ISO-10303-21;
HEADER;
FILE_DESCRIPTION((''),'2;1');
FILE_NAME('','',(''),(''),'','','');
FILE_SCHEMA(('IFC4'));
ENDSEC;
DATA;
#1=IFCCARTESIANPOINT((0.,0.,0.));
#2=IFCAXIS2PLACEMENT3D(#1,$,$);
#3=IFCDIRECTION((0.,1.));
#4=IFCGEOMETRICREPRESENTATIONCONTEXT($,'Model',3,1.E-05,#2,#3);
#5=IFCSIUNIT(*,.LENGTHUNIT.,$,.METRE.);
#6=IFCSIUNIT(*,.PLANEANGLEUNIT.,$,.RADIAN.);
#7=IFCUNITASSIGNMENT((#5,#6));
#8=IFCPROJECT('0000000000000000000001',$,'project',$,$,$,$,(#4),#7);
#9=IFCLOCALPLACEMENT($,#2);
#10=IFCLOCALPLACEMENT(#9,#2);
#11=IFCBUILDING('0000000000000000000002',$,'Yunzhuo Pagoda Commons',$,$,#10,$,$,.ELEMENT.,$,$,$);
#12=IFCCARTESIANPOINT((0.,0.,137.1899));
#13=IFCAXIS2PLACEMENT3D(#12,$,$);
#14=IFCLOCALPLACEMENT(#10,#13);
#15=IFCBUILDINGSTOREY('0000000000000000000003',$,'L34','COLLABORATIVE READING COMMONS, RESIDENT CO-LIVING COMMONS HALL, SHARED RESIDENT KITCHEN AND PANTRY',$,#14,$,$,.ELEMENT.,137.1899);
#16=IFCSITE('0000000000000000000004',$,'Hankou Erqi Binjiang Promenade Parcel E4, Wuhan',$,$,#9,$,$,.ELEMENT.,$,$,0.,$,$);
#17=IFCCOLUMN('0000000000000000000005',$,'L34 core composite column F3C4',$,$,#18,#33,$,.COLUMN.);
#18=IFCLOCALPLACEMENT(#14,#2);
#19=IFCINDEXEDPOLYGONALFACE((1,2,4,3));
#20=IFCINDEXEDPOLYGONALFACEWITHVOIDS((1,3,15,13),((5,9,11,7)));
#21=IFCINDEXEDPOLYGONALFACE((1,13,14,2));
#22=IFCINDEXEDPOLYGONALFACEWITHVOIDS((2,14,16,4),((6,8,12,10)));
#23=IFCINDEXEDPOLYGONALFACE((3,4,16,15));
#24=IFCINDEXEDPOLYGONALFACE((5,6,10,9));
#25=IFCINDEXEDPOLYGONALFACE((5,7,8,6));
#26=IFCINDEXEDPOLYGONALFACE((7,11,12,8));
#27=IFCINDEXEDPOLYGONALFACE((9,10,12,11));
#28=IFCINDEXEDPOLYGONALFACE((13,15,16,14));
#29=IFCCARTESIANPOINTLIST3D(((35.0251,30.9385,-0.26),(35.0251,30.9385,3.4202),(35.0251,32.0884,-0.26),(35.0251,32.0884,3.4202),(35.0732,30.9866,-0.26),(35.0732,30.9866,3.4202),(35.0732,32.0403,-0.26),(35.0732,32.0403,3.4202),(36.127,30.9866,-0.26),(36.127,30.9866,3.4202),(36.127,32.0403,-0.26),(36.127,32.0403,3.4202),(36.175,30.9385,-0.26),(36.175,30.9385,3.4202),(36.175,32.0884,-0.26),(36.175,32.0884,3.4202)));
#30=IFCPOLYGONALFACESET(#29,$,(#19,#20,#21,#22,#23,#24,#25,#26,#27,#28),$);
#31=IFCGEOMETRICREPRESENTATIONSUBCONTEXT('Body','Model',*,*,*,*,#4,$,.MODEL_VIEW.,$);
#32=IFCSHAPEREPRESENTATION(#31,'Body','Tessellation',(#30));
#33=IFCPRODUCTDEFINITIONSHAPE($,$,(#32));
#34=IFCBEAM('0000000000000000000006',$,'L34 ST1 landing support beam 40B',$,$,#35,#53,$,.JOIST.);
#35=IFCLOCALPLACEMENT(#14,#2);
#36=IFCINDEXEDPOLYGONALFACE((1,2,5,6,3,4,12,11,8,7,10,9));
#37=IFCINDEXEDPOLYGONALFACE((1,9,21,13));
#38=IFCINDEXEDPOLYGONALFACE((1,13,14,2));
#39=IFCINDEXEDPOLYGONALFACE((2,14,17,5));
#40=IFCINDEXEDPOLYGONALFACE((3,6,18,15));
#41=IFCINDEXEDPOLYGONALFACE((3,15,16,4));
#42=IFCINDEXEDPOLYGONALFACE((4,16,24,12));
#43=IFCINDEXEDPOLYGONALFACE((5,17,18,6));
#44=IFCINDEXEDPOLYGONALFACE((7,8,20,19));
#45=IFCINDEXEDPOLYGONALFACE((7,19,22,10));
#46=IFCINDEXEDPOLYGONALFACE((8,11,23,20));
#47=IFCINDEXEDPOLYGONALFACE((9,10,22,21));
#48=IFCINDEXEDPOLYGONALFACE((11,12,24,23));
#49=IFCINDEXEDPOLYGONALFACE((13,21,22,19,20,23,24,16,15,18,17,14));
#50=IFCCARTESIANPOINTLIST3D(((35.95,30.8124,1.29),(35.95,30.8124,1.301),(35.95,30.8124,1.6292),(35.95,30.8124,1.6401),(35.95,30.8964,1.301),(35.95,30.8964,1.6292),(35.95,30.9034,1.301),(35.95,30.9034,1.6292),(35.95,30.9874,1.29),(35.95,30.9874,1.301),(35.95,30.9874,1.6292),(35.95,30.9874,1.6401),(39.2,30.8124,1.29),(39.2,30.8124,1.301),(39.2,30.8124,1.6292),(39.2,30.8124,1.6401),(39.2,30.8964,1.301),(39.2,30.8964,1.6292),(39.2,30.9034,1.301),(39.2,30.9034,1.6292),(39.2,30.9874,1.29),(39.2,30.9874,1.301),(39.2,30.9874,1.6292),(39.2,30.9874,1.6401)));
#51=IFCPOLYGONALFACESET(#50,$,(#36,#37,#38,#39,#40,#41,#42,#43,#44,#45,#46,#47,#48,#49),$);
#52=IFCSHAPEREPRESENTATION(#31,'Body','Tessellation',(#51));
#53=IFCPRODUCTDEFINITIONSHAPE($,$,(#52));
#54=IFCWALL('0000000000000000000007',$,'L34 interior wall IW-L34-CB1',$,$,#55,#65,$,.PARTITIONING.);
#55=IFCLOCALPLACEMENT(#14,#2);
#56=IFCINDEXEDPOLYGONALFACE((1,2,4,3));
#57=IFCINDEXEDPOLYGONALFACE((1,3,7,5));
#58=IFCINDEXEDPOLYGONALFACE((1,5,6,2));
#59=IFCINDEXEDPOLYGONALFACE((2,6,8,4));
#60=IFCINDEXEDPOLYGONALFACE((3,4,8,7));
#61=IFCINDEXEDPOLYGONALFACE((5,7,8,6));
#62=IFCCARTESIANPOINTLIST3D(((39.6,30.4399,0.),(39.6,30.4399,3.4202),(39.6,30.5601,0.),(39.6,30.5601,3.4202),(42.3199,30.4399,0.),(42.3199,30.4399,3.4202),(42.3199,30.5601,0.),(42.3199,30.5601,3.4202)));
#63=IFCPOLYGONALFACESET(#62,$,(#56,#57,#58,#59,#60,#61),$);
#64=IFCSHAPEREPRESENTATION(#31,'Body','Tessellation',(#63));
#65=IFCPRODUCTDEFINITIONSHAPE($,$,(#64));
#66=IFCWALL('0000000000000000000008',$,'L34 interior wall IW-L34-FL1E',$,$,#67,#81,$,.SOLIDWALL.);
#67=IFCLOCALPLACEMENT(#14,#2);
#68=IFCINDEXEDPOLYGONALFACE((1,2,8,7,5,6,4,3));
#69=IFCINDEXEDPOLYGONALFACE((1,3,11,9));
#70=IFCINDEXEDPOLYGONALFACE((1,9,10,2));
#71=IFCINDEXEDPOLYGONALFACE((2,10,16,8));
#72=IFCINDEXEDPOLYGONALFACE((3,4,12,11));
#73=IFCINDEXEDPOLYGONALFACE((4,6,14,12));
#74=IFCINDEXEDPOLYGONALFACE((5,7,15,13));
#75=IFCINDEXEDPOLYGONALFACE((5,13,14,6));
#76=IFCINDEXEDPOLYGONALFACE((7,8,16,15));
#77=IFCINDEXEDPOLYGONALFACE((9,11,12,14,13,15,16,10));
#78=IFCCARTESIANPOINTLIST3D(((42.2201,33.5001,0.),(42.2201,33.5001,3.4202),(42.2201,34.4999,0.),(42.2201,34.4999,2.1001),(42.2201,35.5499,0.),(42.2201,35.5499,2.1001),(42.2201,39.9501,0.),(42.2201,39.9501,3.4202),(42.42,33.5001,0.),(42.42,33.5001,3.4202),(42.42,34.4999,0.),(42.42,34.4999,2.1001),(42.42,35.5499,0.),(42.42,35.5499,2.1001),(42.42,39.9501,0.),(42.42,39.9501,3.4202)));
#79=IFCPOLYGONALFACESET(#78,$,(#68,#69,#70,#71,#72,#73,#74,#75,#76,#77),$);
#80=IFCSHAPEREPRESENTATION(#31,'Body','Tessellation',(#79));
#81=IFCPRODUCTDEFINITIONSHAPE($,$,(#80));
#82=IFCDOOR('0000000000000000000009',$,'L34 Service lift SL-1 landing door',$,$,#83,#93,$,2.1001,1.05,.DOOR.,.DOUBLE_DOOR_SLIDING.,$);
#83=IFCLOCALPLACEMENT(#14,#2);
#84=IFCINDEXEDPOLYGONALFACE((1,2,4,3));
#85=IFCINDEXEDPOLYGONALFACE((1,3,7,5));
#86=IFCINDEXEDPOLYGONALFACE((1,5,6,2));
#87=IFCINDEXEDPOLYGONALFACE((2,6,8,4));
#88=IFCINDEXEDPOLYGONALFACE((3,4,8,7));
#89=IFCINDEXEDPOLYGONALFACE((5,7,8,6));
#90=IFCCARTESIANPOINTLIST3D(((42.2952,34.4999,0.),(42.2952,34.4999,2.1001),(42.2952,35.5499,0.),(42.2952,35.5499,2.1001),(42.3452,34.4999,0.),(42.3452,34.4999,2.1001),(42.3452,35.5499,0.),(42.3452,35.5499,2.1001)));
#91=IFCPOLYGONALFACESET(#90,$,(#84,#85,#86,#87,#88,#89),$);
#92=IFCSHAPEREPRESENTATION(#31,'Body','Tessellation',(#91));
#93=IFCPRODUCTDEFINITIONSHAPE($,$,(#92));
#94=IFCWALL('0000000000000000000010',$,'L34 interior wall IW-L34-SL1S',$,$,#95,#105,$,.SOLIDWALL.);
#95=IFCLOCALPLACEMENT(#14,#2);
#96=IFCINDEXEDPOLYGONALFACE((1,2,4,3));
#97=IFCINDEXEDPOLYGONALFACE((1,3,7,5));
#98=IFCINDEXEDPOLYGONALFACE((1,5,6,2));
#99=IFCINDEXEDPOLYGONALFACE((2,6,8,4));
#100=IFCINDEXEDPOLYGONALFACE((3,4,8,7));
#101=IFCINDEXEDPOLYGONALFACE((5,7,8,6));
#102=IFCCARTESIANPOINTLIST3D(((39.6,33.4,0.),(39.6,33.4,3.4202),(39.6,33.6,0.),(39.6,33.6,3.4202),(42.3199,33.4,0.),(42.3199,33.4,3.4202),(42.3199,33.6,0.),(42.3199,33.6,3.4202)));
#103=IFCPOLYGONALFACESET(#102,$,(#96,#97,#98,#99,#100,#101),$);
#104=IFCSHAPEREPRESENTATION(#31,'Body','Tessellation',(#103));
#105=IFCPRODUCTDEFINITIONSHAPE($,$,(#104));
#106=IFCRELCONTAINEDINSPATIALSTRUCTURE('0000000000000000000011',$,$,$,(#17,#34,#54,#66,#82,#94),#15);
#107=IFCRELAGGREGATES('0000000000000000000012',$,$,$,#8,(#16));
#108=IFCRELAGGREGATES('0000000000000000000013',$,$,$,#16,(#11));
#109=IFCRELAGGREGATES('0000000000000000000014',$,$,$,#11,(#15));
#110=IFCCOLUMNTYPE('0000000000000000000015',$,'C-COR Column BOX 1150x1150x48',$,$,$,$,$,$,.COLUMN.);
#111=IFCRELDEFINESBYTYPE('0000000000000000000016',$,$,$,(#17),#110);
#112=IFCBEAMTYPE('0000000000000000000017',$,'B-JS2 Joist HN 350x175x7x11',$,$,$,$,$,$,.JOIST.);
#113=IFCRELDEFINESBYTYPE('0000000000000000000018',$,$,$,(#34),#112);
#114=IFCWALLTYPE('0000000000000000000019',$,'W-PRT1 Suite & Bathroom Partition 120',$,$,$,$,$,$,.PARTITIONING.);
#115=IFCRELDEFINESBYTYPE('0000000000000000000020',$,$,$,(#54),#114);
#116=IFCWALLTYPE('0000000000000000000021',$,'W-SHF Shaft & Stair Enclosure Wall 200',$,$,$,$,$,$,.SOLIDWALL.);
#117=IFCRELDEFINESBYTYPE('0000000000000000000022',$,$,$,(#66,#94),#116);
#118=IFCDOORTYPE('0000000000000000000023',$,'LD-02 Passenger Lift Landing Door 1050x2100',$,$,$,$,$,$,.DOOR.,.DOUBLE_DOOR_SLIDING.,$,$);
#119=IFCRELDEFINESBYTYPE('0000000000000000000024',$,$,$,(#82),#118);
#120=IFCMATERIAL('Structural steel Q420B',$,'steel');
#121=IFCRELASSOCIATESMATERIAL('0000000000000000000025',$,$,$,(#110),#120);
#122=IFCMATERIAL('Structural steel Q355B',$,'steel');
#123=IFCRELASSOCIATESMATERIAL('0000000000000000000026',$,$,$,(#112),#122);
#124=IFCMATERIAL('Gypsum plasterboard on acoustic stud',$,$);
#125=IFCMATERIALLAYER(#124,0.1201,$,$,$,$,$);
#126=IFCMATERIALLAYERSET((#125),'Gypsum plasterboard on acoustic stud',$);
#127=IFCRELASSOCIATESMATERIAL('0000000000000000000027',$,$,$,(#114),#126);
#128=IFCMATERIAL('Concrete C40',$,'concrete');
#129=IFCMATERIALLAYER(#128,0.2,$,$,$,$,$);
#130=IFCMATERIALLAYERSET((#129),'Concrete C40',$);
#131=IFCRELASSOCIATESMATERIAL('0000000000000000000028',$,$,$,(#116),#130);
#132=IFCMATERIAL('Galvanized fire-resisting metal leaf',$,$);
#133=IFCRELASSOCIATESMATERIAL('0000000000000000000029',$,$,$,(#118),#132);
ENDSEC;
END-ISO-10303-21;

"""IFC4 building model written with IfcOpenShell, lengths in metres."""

from ifc_helpers import new_model, si_unit, direction, frame, frame_2d, origin, origin_with_axes, origin_2d, place, context, subcontext, project, spatial, rectangle, hollow_rectangle, i_section, extrude, source, transform, mapped, material, layer, layer_set, material_profile, profile_set, type_object, element, fill, save


model = new_model("IFC4")

# Units and contexts
model_context = context("Model", 3, precision=1e-05, world=origin(), true_north=direction((0.0, 1.0)))
body_context = subcontext(model_context, "Body", "Model", "MODEL_VIEW")
ifc_project = project(units=[si_unit("LENGTHUNIT", "METRE"), si_unit("PLANEANGLEUNIT", "RADIAN")], contexts=[model_context])

# Site, building, storey
site_placement = place(None, origin())
site = spatial("IfcSite", under=ifc_project, at=site_placement, Name="Hankou Erqi Binjiang Promenade Parcel E4, Wuhan", CompositionType="ELEMENT", RefElevation=0.0)
building_placement = place(site_placement, origin())
building = spatial("IfcBuilding", under=site, at=building_placement, Name="Yunzhuo Pagoda Commons", CompositionType="ELEMENT")
storey_placement = place(building_placement, frame((0.0, 0.0, 137.1899)))
storey = spatial("IfcBuildingStorey", under=building, at=storey_placement, Name="L34", Description="COLLABORATIVE READING COMMONS, RESIDENT CO-LIVING COMMONS HALL, SHARED RESIDENT KITCHEN AND PANTRY", CompositionType="ELEMENT", Elevation=137.1899)

# Column
ifc_material_1 = material(Name="Structural steel Q420B", Category="steel")
ifc_material_profile_1 = material_profile(ifc_material_1, hollow_rectangle(XDim=1.1499, YDim=1.1499, WallThickness=0.0481, at=origin_2d()), Name="Structural steel Q420B")
ifc_profile_set_1 = profile_set([ifc_material_profile_1], Name="Structural steel Q420B")
column_type = type_object("IfcColumnType", Name="C-COR Column BOX 1150x1150x48", PredefinedType="COLUMN", material=ifc_profile_set_1)
shared_shape_1 = source(origin(), body_context, "Body", "SweptSolid", [
    extrude(hollow_rectangle(XDim=1.1499, YDim=1.1499, WallThickness=0.0481, at=origin_2d()), origin(), (0.0, 0.0, 1.0), 3.6802),
])
column_placement = place(storey_placement, frame((35.6001, 31.5134, -0.26), z_axis=(0.0, 0.0, 1.0), x_axis=(1.0, 0.0, 0.0)))
element("IfcColumn", 1, at=column_placement, inside=storey, type_object=column_type, Name="L34 core composite column F3C4", PredefinedType="COLUMN", context=body_context, shape_type="MappedRepresentation", body=[
    mapped(shared_shape_1, transform((0.0, 0.0, 0.0), scale=1.0)),
])

# Beam
ifc_material_2 = material(Name="Structural steel Q355B", Category="steel")
ifc_material_profile_2 = material_profile(ifc_material_2, i_section(OverallWidth=0.175, OverallDepth=0.3501, WebThickness=0.0071, FlangeThickness=0.011, at=origin_2d()), Name="Structural steel Q355B")
ifc_profile_set_2 = profile_set([ifc_material_profile_2], Name="Structural steel Q355B")
beam_type = type_object("IfcBeamType", Name="B-JS2 Joist HN 350x175x7x11", PredefinedType="JOIST", material=ifc_profile_set_2)
shared_shape_2 = source(origin(), body_context, "Body", "SweptSolid", [
    extrude(i_section(OverallWidth=0.175, OverallDepth=0.3501, WebThickness=0.0071, FlangeThickness=0.011, at=origin_2d()), origin(), (0.0, 0.0, 1.0), 3.25),
])
beam_placement = place(storey_placement, frame((35.95, 30.8999, 1.4651), z_axis=(1.0, 0.0, 0.0), x_axis=(0.0, 1.0, 0.0)))
element("IfcBeam", 2, at=beam_placement, inside=storey, type_object=beam_type, Name="L34 ST1 landing support beam 40B", PredefinedType="JOIST", context=body_context, shape_type="MappedRepresentation", body=[
    mapped(shared_shape_2, transform((0.0, 0.0, 0.0), scale=1.0)),
])

# Wall
ifc_material_3 = material(Name="Gypsum plasterboard on acoustic stud")
ifc_layer_1 = layer(ifc_material_3, 0.1201)
ifc_layer_set_1 = layer_set([ifc_layer_1], Name="Gypsum plasterboard on acoustic stud")
wall_type_1 = type_object("IfcWallType", Name="W-PRT1 Suite & Bathroom Partition 120", PredefinedType="PARTITIONING", material=ifc_layer_set_1)
wall_1_placement = place(storey_placement, frame((39.6001, 30.5, 0.0), z_axis=(0.0, 0.0, 1.0), x_axis=(1.0, 0.0, 0.0)))
element("IfcWall", 3, at=wall_1_placement, inside=storey, type_object=wall_type_1, Name="L34 interior wall IW-L34-CB1", PredefinedType="PARTITIONING", context=body_context, shape_type="SweptSolid", body=[
    extrude(rectangle(XDim=2.72, YDim=0.1201, at=frame_2d((1.3599, 0.0))), origin(), (0.0, 0.0, 1.0), 3.4202),
])

# Wall, opening, door
ifc_material_4 = material(Name="Concrete C40", Category="concrete")
ifc_layer_2 = layer(ifc_material_4, 0.2)
ifc_layer_set_2 = layer_set([ifc_layer_2], Name="Concrete C40")
wall_type_2 = type_object("IfcWallType", Name="W-SHF Shaft & Stair Enclosure Wall 200", PredefinedType="SOLIDWALL", material=ifc_layer_set_2)
wall_2_placement = place(storey_placement, frame((42.3201, 33.5, 0.0), z_axis=(0.0, 0.0, 1.0), x_axis=(0.0, 1.0, 0.0)))
wall_2 = element("IfcWall", 4, at=wall_2_placement, inside=storey, type_object=wall_type_2, Name="L34 interior wall IW-L34-FL1E", PredefinedType="SOLIDWALL", context=body_context, shape_type="SweptSolid", body=[
    extrude(rectangle(XDim=6.45, YDim=0.2, at=frame_2d((3.2251, 0.0))), origin(), (0.0, 0.0, 1.0), 3.4202),
])
opening_1_placement = place(wall_2_placement, frame((1.0, 0.0, 0.0)))
opening_1 = element("IfcOpeningElement", 5, at=opening_1_placement, cuts=wall_2, PredefinedType="OPENING", context=body_context, shape_type="SweptSolid", body=[
    extrude(rectangle(XDim=1.05, YDim=2.1001, at=frame_2d((0.5249, 1.05))), frame((0.0, 0.1099, 0.0), z_axis=(0.0, -1.0, 0.0), x_axis=(1.0, 0.0, 0.0)), (0.0, 0.0, 1.0), 0.22),
])
ifc_material_5 = material(Name="Galvanized fire-resisting metal leaf")
door_type = type_object("IfcDoorType", Name="LD-02 Passenger Lift Landing Door 1050x2100", OperationType="DOUBLE_DOOR_SLIDING", PredefinedType="DOOR", material=ifc_material_5)
shared_shape_3 = source(origin(), body_context, "Body", "SweptSolid", [
    extrude(rectangle(XDim=1.05, YDim=2.1001, at=frame_2d((0.5249, 1.05))), frame((0.0, 0.0249, 0.0), z_axis=(0.0, -1.0, 0.0), x_axis=(1.0, 0.0, 0.0)), (0.0, 0.0, 1.0), 0.05),
])
door_1_placement = place(opening_1_placement, origin_with_axes())
door_1 = element("IfcDoor", 6, at=door_1_placement, inside=storey, type_object=door_type, Name="L34 Service lift SL-1 landing door", OperationType="DOUBLE_DOOR_SLIDING", OverallHeight=2.1001, OverallWidth=1.05, PredefinedType="DOOR", context=body_context, shape_type="MappedRepresentation", body=[
    mapped(shared_shape_3, transform((0.0, 0.0, 0.0), scale=1.0)),
])
fill(opening_1, door_1)

# Wall
wall_3_placement = place(storey_placement, frame((39.6001, 33.5, 0.0), z_axis=(0.0, 0.0, 1.0), x_axis=(1.0, 0.0, 0.0)))
element("IfcWall", 7, at=wall_3_placement, inside=storey, type_object=wall_type_2, Name="L34 interior wall IW-L34-SL1S", PredefinedType="SOLIDWALL", context=body_context, shape_type="SweptSolid", body=[
    extrude(rectangle(XDim=2.72, YDim=0.2, at=frame_2d((1.3599, 0.0))), origin(), (0.0, 0.0, 1.0), 3.4202),
])

save(model, "model.ifc")
